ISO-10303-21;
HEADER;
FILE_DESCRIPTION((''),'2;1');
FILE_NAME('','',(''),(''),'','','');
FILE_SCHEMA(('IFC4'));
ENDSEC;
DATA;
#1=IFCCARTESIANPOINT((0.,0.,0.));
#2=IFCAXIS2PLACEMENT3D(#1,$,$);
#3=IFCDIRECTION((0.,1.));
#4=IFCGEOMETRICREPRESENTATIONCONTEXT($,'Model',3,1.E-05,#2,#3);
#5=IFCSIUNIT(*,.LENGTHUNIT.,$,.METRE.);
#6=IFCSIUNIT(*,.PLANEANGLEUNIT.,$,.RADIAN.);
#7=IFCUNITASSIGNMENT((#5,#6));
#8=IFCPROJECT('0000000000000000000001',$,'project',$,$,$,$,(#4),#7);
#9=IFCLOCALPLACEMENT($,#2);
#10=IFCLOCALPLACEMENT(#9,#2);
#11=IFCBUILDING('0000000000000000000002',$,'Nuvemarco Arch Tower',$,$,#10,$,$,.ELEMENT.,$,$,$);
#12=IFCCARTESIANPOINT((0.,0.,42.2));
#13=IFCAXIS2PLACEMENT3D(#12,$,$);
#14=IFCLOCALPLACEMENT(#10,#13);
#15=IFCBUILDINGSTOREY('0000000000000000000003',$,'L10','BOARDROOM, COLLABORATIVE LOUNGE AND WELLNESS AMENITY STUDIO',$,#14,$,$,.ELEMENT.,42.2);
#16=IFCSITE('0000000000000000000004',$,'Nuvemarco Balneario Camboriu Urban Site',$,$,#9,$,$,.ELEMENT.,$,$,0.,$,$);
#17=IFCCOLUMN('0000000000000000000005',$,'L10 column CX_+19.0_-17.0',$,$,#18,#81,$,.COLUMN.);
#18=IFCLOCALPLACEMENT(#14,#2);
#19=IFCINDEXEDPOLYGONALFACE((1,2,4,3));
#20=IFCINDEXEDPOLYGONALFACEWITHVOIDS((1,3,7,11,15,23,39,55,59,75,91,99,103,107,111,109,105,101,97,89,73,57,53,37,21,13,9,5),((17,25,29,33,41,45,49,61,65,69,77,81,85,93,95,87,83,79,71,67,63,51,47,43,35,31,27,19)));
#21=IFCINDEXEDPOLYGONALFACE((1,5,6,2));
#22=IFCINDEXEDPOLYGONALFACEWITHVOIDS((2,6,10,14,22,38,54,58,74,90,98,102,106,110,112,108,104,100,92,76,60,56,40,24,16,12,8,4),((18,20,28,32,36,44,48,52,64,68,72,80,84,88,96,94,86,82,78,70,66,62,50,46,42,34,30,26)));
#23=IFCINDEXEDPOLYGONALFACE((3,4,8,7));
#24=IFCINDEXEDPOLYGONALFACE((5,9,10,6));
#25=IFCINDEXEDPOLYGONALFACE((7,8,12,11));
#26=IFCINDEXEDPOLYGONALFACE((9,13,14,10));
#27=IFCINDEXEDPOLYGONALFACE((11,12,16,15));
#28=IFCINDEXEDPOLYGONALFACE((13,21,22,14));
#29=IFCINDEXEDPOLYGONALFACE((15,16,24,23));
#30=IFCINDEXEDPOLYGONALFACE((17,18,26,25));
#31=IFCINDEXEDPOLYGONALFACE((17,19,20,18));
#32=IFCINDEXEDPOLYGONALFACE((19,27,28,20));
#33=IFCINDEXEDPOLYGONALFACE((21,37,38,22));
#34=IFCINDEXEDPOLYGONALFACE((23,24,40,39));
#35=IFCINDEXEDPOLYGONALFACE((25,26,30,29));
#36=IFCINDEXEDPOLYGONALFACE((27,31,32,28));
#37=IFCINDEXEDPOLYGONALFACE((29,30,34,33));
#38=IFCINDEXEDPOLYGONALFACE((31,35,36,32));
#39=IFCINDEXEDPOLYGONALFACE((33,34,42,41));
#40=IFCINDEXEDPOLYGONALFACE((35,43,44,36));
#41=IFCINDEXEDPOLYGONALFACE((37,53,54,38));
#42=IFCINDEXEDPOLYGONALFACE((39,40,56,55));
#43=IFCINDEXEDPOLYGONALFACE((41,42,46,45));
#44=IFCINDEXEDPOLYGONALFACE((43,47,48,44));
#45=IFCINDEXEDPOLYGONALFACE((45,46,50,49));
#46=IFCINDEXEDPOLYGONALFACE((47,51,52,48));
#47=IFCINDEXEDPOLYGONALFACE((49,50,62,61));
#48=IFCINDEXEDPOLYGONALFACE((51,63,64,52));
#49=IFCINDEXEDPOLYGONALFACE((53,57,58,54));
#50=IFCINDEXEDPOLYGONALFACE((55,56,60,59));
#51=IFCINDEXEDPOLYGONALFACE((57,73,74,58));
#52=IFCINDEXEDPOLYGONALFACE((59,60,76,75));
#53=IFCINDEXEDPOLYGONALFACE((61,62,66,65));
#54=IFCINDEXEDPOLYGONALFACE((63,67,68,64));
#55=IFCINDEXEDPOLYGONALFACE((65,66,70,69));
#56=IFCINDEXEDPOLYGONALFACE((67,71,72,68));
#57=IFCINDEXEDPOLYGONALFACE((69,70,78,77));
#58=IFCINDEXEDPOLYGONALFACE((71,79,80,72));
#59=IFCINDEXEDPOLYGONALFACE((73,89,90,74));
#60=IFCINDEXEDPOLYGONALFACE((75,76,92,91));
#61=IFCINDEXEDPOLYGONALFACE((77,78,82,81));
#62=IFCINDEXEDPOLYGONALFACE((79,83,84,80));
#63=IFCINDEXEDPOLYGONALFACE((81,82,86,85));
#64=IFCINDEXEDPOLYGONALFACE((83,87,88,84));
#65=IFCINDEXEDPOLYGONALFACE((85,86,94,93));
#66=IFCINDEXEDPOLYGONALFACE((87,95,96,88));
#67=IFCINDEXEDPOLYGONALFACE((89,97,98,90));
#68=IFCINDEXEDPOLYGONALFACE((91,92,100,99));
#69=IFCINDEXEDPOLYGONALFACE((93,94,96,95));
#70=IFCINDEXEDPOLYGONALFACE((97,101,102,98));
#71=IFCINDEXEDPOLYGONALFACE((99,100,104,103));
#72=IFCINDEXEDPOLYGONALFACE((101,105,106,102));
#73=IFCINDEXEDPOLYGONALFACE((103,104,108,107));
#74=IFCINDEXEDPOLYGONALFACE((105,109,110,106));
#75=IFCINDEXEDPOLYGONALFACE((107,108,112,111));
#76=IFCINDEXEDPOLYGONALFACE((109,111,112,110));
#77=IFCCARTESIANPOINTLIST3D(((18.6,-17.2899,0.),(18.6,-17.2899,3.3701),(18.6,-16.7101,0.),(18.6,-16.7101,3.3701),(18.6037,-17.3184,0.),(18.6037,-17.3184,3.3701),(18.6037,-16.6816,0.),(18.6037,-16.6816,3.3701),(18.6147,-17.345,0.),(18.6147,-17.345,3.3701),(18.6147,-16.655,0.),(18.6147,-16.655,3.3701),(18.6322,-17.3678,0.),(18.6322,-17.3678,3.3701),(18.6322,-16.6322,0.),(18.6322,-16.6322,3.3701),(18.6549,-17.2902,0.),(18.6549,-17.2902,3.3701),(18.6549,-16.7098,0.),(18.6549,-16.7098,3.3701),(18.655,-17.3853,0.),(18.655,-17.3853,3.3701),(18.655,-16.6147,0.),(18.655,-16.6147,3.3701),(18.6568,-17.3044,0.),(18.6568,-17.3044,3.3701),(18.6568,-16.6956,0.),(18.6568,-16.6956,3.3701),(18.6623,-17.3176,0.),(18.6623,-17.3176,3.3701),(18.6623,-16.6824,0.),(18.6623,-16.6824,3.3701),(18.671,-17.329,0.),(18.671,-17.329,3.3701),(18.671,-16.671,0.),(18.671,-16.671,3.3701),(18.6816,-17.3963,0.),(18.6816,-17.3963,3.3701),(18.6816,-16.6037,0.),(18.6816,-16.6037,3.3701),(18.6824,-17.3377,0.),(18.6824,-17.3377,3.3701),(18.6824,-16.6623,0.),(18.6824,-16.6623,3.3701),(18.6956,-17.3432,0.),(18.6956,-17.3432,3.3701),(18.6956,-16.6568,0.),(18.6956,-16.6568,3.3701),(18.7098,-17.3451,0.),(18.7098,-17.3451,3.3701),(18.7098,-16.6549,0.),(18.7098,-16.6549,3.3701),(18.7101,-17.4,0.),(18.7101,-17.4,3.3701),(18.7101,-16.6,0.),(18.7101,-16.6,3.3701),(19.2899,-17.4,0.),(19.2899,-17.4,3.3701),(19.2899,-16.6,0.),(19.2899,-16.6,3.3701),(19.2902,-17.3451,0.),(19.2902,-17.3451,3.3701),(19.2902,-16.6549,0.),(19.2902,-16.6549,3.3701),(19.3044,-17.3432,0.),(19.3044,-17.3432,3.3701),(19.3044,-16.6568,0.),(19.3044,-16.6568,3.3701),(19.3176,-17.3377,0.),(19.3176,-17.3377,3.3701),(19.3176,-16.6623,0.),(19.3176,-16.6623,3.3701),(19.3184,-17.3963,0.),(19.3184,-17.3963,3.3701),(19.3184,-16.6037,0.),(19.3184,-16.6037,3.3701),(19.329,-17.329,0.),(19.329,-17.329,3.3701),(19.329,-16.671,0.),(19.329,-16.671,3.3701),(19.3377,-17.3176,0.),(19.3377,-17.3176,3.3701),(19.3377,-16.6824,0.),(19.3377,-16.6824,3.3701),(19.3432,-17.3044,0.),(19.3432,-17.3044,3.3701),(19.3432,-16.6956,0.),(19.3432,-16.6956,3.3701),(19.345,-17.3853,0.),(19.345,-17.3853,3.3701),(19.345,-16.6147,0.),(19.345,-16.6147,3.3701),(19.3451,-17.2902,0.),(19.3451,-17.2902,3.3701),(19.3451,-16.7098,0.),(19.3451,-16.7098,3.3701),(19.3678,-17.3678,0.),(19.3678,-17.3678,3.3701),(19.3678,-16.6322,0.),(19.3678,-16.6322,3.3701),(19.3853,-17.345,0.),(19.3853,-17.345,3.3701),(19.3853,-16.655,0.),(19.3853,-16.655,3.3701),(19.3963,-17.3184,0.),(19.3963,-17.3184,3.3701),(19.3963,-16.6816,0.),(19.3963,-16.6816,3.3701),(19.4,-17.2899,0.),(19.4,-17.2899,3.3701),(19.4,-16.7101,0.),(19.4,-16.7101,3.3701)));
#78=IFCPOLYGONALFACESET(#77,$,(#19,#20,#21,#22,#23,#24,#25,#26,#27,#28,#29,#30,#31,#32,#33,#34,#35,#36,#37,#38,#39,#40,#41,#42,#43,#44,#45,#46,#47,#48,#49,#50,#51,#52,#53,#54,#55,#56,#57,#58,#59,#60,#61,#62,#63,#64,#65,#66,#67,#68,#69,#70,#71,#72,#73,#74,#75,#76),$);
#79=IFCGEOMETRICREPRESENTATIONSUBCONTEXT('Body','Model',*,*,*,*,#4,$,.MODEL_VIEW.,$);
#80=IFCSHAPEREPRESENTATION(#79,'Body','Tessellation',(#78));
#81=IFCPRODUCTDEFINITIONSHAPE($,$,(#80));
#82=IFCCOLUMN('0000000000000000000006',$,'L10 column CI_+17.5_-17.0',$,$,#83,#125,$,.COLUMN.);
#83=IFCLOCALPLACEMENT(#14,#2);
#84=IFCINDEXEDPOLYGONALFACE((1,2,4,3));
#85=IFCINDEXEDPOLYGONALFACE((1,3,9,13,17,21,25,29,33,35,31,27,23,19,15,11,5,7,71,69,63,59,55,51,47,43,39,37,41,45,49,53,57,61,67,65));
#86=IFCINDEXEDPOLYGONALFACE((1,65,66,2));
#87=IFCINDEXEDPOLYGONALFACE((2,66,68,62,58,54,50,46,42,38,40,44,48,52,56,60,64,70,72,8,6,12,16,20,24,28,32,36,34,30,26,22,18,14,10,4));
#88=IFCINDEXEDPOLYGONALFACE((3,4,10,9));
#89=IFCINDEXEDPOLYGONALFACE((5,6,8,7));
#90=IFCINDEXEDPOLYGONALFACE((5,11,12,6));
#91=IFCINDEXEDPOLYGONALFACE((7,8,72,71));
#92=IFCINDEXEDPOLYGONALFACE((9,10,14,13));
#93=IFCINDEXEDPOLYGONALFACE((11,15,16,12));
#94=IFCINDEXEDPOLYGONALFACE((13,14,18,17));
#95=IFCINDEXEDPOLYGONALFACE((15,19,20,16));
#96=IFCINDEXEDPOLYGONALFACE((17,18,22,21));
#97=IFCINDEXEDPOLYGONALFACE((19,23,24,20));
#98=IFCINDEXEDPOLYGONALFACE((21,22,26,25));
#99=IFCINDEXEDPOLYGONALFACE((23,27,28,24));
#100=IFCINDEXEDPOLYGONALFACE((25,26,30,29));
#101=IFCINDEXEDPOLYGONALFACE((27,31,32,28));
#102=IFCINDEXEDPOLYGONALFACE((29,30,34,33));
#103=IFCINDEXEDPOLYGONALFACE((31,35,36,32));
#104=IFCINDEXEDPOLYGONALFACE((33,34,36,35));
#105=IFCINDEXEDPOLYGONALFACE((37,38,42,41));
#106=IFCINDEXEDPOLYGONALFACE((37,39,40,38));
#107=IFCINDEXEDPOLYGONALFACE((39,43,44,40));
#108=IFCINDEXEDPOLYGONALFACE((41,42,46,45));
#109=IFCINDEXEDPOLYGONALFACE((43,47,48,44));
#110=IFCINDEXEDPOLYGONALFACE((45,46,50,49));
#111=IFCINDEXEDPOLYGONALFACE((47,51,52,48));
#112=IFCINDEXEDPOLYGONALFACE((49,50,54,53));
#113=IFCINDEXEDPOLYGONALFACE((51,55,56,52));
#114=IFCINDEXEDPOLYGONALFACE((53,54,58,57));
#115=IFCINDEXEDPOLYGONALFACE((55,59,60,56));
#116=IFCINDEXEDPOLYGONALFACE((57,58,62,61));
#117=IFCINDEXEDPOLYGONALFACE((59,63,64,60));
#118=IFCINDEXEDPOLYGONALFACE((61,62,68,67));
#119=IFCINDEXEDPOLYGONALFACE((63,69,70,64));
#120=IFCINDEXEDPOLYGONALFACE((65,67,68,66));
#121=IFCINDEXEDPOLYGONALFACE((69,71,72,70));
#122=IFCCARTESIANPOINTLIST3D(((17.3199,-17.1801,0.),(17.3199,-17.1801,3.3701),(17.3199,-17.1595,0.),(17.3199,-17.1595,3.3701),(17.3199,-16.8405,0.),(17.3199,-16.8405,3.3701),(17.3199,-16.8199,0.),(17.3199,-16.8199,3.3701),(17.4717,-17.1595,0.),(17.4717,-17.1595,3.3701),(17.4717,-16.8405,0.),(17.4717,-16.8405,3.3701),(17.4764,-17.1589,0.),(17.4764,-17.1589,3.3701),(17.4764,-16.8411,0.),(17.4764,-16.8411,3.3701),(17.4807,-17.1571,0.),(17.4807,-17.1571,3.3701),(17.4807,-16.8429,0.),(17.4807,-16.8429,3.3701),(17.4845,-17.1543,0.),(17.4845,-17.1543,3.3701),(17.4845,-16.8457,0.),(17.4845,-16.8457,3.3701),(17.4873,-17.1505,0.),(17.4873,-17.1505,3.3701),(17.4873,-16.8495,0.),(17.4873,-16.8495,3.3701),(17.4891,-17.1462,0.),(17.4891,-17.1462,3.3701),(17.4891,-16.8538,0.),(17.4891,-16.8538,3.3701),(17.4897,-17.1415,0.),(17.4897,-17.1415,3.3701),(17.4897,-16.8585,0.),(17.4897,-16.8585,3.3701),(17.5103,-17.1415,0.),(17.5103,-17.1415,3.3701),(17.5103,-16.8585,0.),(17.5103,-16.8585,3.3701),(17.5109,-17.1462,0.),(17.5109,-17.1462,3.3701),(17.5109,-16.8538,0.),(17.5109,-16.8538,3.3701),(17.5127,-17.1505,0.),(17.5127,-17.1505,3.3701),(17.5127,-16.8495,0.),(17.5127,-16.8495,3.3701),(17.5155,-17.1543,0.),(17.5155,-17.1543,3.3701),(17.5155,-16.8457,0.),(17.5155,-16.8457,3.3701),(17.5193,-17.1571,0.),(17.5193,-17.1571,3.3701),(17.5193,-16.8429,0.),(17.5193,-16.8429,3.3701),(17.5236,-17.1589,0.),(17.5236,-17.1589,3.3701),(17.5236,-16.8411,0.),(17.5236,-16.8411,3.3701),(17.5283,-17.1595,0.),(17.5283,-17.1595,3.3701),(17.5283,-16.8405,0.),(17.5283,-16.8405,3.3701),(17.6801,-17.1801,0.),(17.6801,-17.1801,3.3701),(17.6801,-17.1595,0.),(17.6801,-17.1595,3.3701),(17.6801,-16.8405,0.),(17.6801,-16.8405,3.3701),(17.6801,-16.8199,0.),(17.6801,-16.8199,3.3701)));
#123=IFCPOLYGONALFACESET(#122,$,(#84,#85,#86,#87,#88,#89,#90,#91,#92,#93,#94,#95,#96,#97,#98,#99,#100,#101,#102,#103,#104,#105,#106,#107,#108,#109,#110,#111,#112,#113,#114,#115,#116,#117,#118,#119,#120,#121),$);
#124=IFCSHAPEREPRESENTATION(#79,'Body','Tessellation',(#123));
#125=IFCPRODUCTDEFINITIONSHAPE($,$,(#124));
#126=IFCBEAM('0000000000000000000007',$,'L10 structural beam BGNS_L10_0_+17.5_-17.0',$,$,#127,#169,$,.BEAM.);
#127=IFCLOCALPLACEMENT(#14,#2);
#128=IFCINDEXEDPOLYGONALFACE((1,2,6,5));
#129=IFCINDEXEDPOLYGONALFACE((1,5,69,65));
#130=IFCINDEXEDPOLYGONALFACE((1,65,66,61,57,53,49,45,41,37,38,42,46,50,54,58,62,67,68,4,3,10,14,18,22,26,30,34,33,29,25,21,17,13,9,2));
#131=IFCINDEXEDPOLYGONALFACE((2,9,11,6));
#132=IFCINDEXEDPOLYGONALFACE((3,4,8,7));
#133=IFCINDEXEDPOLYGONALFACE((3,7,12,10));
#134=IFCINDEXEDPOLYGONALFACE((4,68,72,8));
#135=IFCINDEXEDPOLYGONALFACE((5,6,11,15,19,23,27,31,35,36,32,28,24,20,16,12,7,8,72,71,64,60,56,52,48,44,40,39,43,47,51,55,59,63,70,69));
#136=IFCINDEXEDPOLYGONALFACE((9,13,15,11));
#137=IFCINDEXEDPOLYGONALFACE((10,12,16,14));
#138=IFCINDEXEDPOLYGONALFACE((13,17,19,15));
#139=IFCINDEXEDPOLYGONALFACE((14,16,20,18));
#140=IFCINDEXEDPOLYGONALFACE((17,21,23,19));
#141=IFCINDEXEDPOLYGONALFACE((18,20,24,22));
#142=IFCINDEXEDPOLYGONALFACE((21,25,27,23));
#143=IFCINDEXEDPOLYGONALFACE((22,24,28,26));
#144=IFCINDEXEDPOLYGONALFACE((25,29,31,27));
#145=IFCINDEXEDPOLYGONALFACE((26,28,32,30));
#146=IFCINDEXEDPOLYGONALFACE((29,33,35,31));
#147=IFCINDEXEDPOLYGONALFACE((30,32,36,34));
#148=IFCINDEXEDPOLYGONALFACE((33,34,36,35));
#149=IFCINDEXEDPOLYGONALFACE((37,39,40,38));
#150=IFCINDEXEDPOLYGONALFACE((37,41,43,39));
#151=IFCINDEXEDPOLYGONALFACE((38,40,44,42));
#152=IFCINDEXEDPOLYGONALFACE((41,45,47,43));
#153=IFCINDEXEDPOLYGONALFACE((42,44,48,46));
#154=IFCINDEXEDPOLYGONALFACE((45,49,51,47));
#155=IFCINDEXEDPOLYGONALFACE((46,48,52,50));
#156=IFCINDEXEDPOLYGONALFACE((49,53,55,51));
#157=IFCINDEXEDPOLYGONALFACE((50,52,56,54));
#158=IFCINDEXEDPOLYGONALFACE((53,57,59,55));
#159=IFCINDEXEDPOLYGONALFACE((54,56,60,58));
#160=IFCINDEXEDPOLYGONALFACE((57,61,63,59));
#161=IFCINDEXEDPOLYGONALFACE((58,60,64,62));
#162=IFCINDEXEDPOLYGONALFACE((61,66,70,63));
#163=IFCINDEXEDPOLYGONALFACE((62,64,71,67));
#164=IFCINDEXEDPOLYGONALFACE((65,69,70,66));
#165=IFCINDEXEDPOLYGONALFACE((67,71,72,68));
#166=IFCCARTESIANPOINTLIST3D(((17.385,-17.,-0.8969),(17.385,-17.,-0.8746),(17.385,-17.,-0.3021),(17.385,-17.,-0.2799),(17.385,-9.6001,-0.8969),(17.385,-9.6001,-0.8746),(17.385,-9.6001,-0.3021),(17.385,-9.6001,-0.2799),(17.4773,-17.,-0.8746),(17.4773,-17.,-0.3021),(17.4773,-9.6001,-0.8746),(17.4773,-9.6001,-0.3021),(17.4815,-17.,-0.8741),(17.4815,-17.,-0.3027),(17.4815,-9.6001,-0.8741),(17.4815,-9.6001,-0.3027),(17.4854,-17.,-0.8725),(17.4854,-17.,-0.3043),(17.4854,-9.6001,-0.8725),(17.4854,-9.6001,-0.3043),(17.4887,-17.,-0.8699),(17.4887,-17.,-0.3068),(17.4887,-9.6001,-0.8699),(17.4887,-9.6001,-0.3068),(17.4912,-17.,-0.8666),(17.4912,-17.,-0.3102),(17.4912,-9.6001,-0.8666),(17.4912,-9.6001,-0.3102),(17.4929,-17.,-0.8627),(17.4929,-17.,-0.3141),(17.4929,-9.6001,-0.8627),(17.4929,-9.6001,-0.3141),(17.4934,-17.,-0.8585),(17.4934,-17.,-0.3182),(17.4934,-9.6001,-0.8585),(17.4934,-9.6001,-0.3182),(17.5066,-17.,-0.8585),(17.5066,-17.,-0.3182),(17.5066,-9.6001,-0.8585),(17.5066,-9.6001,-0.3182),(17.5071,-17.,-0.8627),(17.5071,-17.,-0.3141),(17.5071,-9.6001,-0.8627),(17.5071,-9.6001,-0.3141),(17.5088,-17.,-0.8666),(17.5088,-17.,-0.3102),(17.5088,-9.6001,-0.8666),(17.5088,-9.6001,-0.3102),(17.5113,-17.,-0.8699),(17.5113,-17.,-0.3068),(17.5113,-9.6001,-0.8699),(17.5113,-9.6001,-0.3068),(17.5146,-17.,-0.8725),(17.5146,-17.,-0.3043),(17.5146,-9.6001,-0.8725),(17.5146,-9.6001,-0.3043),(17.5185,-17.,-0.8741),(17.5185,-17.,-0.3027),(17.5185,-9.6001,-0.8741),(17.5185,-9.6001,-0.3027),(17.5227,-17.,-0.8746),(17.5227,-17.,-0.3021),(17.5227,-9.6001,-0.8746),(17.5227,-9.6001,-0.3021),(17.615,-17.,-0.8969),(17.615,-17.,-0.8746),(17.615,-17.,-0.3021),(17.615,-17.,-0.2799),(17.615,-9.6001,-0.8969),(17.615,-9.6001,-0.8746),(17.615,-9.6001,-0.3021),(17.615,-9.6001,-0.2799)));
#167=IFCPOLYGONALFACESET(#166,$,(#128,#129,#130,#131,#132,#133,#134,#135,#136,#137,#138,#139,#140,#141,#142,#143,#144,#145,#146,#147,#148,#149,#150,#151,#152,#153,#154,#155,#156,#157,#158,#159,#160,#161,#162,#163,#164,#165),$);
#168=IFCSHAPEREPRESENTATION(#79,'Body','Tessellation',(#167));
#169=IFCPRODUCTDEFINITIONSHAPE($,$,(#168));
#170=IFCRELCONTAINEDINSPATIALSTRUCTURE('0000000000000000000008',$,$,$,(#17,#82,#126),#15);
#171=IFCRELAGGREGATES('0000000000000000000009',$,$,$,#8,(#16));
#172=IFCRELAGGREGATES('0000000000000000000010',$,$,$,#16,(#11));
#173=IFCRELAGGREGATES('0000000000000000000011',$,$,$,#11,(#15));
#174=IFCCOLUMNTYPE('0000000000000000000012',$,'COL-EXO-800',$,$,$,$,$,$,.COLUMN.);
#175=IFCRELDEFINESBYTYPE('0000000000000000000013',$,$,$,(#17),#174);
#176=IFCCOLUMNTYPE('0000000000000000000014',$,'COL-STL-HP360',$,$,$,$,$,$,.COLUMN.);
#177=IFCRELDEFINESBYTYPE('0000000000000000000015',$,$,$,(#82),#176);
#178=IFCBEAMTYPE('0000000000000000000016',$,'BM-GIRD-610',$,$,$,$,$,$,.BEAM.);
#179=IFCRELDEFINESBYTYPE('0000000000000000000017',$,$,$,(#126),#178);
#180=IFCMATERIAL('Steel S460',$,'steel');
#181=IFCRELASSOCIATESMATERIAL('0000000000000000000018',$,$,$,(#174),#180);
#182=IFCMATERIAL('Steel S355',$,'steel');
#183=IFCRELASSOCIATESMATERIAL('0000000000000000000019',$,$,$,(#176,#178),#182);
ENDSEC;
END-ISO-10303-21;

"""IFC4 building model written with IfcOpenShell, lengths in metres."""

from ifc_helpers import new_model, si_unit, direction, frame, origin, origin_2d, place, context, subcontext, project, spatial, hollow_rectangle, i_section, extrude, material, material_profile, profile_set, type_object, element, save


model = new_model("IFC4")

# Units and contexts
model_context = context("Model", 3, precision=1e-05, world=origin(), true_north=direction((0.0, 1.0)))
body_context = subcontext(model_context, "Body", "Model", "MODEL_VIEW")
ifc_project = project(units=[si_unit("LENGTHUNIT", "METRE"), si_unit("PLANEANGLEUNIT", "RADIAN")], contexts=[model_context])

# Site, building, storey
site_placement = place(None, origin())
site = spatial("IfcSite", under=ifc_project, at=site_placement, Name="Nuvemarco Balneario Camboriu Urban Site", CompositionType="ELEMENT", RefElevation=0.0)
building_placement = place(site_placement, origin())
building = spatial("IfcBuilding", under=site, at=building_placement, Name="Nuvemarco Arch Tower", CompositionType="ELEMENT")
storey_placement = place(building_placement, frame((0.0, 0.0, 42.2)))
storey = spatial("IfcBuildingStorey", under=building, at=storey_placement, Name="L10", Description="BOARDROOM, COLLABORATIVE LOUNGE AND WELLNESS AMENITY STUDIO", CompositionType="ELEMENT", Elevation=42.2)

# Columns
ifc_material_1 = material(Name="Steel S460", Category="steel")
ifc_material_profile_1 = material_profile(ifc_material_1, hollow_rectangle(XDim=0.8, YDim=0.8, WallThickness=0.0549, InnerFilletRadius=0.0549, OuterFilletRadius=0.1101, at=origin_2d()), Name="SHS800x800x55")
ifc_profile_set_1 = profile_set([ifc_material_profile_1], Name="Steel S460")
column_type_1 = type_object("IfcColumnType", Name="COL-EXO-800", PredefinedType="COLUMN", material=ifc_profile_set_1)
column_1_placement = place(storey_placement, frame((19.0, -17.0, 0.0), z_axis=(0.0, 0.0, 1.0), x_axis=(1.0, 0.0, 0.0)))
element("IfcColumn", 1, at=column_1_placement, inside=storey, type_object=column_type_1, Name="L10 column CX_+19.0_-17.0", PredefinedType="COLUMN", context=body_context, shape_type="SweptSolid", body=[
    extrude(hollow_rectangle(XDim=0.8, YDim=0.8, WallThickness=0.0549, InnerFilletRadius=0.0549, OuterFilletRadius=0.1101, at=origin_2d()), origin(), (0.0, 0.0, 1.0), 3.3701),
])
ifc_material_2 = material(Name="Steel S355", Category="steel")
ifc_material_profile_2 = material_profile(ifc_material_2, i_section(OverallWidth=0.3601, OverallDepth=0.3601, WebThickness=0.0205, FlangeThickness=0.0205, FilletRadius=0.0181, at=origin_2d()), Name="HP360x174")
ifc_profile_set_2 = profile_set([ifc_material_profile_2], Name="Steel S355")
column_type_2 = type_object("IfcColumnType", Name="COL-STL-HP360", PredefinedType="COLUMN", material=ifc_profile_set_2)
column_2_placement = place(storey_placement, frame((17.5, -17.0, 0.0), z_axis=(0.0, 0.0, 1.0), x_axis=(1.0, 0.0, 0.0)))
element("IfcColumn", 2, at=column_2_placement, inside=storey, type_object=column_type_2, Name="L10 column CI_+17.5_-17.0", PredefinedType="COLUMN", context=body_context, shape_type="SweptSolid", body=[
    extrude(i_section(OverallWidth=0.3601, OverallDepth=0.3601, WebThickness=0.0205, FlangeThickness=0.0205, FilletRadius=0.0181, at=origin_2d()), origin(), (0.0, 0.0, 1.0), 3.3701),
])

# Beam
ifc_material_profile_3 = material_profile(ifc_material_2, i_section(OverallWidth=0.23, OverallDepth=0.6169, WebThickness=0.0132, FlangeThickness=0.0222, FilletRadius=0.0161, at=origin_2d()), Name="W610x140")
ifc_profile_set_3 = profile_set([ifc_material_profile_3], Name="Steel S355")
beam_type_1 = type_object("IfcBeamType", Name="BM-GIRD-610", PredefinedType="BEAM", material=ifc_profile_set_3)
beam_1_placement = place(storey_placement, frame((17.5, -17.0, -0.5884), z_axis=(0.0, 1.0, 0.0), x_axis=(-1.0, 0.0, 0.0)))
element("IfcBeam", 3, at=beam_1_placement, inside=storey, type_object=beam_type_1, Name="L10 structural beam BGNS_L10_0_+17.5_-17.0", PredefinedType="BEAM", context=body_context, shape_type="SweptSolid", body=[
    extrude(i_section(OverallWidth=0.23, OverallDepth=0.6169, WebThickness=0.0132, FlangeThickness=0.0222, FilletRadius=0.0161, at=origin_2d()), origin(), (0.0, 0.0, 1.0), 7.3999),
])

save(model, "model.ifc")
